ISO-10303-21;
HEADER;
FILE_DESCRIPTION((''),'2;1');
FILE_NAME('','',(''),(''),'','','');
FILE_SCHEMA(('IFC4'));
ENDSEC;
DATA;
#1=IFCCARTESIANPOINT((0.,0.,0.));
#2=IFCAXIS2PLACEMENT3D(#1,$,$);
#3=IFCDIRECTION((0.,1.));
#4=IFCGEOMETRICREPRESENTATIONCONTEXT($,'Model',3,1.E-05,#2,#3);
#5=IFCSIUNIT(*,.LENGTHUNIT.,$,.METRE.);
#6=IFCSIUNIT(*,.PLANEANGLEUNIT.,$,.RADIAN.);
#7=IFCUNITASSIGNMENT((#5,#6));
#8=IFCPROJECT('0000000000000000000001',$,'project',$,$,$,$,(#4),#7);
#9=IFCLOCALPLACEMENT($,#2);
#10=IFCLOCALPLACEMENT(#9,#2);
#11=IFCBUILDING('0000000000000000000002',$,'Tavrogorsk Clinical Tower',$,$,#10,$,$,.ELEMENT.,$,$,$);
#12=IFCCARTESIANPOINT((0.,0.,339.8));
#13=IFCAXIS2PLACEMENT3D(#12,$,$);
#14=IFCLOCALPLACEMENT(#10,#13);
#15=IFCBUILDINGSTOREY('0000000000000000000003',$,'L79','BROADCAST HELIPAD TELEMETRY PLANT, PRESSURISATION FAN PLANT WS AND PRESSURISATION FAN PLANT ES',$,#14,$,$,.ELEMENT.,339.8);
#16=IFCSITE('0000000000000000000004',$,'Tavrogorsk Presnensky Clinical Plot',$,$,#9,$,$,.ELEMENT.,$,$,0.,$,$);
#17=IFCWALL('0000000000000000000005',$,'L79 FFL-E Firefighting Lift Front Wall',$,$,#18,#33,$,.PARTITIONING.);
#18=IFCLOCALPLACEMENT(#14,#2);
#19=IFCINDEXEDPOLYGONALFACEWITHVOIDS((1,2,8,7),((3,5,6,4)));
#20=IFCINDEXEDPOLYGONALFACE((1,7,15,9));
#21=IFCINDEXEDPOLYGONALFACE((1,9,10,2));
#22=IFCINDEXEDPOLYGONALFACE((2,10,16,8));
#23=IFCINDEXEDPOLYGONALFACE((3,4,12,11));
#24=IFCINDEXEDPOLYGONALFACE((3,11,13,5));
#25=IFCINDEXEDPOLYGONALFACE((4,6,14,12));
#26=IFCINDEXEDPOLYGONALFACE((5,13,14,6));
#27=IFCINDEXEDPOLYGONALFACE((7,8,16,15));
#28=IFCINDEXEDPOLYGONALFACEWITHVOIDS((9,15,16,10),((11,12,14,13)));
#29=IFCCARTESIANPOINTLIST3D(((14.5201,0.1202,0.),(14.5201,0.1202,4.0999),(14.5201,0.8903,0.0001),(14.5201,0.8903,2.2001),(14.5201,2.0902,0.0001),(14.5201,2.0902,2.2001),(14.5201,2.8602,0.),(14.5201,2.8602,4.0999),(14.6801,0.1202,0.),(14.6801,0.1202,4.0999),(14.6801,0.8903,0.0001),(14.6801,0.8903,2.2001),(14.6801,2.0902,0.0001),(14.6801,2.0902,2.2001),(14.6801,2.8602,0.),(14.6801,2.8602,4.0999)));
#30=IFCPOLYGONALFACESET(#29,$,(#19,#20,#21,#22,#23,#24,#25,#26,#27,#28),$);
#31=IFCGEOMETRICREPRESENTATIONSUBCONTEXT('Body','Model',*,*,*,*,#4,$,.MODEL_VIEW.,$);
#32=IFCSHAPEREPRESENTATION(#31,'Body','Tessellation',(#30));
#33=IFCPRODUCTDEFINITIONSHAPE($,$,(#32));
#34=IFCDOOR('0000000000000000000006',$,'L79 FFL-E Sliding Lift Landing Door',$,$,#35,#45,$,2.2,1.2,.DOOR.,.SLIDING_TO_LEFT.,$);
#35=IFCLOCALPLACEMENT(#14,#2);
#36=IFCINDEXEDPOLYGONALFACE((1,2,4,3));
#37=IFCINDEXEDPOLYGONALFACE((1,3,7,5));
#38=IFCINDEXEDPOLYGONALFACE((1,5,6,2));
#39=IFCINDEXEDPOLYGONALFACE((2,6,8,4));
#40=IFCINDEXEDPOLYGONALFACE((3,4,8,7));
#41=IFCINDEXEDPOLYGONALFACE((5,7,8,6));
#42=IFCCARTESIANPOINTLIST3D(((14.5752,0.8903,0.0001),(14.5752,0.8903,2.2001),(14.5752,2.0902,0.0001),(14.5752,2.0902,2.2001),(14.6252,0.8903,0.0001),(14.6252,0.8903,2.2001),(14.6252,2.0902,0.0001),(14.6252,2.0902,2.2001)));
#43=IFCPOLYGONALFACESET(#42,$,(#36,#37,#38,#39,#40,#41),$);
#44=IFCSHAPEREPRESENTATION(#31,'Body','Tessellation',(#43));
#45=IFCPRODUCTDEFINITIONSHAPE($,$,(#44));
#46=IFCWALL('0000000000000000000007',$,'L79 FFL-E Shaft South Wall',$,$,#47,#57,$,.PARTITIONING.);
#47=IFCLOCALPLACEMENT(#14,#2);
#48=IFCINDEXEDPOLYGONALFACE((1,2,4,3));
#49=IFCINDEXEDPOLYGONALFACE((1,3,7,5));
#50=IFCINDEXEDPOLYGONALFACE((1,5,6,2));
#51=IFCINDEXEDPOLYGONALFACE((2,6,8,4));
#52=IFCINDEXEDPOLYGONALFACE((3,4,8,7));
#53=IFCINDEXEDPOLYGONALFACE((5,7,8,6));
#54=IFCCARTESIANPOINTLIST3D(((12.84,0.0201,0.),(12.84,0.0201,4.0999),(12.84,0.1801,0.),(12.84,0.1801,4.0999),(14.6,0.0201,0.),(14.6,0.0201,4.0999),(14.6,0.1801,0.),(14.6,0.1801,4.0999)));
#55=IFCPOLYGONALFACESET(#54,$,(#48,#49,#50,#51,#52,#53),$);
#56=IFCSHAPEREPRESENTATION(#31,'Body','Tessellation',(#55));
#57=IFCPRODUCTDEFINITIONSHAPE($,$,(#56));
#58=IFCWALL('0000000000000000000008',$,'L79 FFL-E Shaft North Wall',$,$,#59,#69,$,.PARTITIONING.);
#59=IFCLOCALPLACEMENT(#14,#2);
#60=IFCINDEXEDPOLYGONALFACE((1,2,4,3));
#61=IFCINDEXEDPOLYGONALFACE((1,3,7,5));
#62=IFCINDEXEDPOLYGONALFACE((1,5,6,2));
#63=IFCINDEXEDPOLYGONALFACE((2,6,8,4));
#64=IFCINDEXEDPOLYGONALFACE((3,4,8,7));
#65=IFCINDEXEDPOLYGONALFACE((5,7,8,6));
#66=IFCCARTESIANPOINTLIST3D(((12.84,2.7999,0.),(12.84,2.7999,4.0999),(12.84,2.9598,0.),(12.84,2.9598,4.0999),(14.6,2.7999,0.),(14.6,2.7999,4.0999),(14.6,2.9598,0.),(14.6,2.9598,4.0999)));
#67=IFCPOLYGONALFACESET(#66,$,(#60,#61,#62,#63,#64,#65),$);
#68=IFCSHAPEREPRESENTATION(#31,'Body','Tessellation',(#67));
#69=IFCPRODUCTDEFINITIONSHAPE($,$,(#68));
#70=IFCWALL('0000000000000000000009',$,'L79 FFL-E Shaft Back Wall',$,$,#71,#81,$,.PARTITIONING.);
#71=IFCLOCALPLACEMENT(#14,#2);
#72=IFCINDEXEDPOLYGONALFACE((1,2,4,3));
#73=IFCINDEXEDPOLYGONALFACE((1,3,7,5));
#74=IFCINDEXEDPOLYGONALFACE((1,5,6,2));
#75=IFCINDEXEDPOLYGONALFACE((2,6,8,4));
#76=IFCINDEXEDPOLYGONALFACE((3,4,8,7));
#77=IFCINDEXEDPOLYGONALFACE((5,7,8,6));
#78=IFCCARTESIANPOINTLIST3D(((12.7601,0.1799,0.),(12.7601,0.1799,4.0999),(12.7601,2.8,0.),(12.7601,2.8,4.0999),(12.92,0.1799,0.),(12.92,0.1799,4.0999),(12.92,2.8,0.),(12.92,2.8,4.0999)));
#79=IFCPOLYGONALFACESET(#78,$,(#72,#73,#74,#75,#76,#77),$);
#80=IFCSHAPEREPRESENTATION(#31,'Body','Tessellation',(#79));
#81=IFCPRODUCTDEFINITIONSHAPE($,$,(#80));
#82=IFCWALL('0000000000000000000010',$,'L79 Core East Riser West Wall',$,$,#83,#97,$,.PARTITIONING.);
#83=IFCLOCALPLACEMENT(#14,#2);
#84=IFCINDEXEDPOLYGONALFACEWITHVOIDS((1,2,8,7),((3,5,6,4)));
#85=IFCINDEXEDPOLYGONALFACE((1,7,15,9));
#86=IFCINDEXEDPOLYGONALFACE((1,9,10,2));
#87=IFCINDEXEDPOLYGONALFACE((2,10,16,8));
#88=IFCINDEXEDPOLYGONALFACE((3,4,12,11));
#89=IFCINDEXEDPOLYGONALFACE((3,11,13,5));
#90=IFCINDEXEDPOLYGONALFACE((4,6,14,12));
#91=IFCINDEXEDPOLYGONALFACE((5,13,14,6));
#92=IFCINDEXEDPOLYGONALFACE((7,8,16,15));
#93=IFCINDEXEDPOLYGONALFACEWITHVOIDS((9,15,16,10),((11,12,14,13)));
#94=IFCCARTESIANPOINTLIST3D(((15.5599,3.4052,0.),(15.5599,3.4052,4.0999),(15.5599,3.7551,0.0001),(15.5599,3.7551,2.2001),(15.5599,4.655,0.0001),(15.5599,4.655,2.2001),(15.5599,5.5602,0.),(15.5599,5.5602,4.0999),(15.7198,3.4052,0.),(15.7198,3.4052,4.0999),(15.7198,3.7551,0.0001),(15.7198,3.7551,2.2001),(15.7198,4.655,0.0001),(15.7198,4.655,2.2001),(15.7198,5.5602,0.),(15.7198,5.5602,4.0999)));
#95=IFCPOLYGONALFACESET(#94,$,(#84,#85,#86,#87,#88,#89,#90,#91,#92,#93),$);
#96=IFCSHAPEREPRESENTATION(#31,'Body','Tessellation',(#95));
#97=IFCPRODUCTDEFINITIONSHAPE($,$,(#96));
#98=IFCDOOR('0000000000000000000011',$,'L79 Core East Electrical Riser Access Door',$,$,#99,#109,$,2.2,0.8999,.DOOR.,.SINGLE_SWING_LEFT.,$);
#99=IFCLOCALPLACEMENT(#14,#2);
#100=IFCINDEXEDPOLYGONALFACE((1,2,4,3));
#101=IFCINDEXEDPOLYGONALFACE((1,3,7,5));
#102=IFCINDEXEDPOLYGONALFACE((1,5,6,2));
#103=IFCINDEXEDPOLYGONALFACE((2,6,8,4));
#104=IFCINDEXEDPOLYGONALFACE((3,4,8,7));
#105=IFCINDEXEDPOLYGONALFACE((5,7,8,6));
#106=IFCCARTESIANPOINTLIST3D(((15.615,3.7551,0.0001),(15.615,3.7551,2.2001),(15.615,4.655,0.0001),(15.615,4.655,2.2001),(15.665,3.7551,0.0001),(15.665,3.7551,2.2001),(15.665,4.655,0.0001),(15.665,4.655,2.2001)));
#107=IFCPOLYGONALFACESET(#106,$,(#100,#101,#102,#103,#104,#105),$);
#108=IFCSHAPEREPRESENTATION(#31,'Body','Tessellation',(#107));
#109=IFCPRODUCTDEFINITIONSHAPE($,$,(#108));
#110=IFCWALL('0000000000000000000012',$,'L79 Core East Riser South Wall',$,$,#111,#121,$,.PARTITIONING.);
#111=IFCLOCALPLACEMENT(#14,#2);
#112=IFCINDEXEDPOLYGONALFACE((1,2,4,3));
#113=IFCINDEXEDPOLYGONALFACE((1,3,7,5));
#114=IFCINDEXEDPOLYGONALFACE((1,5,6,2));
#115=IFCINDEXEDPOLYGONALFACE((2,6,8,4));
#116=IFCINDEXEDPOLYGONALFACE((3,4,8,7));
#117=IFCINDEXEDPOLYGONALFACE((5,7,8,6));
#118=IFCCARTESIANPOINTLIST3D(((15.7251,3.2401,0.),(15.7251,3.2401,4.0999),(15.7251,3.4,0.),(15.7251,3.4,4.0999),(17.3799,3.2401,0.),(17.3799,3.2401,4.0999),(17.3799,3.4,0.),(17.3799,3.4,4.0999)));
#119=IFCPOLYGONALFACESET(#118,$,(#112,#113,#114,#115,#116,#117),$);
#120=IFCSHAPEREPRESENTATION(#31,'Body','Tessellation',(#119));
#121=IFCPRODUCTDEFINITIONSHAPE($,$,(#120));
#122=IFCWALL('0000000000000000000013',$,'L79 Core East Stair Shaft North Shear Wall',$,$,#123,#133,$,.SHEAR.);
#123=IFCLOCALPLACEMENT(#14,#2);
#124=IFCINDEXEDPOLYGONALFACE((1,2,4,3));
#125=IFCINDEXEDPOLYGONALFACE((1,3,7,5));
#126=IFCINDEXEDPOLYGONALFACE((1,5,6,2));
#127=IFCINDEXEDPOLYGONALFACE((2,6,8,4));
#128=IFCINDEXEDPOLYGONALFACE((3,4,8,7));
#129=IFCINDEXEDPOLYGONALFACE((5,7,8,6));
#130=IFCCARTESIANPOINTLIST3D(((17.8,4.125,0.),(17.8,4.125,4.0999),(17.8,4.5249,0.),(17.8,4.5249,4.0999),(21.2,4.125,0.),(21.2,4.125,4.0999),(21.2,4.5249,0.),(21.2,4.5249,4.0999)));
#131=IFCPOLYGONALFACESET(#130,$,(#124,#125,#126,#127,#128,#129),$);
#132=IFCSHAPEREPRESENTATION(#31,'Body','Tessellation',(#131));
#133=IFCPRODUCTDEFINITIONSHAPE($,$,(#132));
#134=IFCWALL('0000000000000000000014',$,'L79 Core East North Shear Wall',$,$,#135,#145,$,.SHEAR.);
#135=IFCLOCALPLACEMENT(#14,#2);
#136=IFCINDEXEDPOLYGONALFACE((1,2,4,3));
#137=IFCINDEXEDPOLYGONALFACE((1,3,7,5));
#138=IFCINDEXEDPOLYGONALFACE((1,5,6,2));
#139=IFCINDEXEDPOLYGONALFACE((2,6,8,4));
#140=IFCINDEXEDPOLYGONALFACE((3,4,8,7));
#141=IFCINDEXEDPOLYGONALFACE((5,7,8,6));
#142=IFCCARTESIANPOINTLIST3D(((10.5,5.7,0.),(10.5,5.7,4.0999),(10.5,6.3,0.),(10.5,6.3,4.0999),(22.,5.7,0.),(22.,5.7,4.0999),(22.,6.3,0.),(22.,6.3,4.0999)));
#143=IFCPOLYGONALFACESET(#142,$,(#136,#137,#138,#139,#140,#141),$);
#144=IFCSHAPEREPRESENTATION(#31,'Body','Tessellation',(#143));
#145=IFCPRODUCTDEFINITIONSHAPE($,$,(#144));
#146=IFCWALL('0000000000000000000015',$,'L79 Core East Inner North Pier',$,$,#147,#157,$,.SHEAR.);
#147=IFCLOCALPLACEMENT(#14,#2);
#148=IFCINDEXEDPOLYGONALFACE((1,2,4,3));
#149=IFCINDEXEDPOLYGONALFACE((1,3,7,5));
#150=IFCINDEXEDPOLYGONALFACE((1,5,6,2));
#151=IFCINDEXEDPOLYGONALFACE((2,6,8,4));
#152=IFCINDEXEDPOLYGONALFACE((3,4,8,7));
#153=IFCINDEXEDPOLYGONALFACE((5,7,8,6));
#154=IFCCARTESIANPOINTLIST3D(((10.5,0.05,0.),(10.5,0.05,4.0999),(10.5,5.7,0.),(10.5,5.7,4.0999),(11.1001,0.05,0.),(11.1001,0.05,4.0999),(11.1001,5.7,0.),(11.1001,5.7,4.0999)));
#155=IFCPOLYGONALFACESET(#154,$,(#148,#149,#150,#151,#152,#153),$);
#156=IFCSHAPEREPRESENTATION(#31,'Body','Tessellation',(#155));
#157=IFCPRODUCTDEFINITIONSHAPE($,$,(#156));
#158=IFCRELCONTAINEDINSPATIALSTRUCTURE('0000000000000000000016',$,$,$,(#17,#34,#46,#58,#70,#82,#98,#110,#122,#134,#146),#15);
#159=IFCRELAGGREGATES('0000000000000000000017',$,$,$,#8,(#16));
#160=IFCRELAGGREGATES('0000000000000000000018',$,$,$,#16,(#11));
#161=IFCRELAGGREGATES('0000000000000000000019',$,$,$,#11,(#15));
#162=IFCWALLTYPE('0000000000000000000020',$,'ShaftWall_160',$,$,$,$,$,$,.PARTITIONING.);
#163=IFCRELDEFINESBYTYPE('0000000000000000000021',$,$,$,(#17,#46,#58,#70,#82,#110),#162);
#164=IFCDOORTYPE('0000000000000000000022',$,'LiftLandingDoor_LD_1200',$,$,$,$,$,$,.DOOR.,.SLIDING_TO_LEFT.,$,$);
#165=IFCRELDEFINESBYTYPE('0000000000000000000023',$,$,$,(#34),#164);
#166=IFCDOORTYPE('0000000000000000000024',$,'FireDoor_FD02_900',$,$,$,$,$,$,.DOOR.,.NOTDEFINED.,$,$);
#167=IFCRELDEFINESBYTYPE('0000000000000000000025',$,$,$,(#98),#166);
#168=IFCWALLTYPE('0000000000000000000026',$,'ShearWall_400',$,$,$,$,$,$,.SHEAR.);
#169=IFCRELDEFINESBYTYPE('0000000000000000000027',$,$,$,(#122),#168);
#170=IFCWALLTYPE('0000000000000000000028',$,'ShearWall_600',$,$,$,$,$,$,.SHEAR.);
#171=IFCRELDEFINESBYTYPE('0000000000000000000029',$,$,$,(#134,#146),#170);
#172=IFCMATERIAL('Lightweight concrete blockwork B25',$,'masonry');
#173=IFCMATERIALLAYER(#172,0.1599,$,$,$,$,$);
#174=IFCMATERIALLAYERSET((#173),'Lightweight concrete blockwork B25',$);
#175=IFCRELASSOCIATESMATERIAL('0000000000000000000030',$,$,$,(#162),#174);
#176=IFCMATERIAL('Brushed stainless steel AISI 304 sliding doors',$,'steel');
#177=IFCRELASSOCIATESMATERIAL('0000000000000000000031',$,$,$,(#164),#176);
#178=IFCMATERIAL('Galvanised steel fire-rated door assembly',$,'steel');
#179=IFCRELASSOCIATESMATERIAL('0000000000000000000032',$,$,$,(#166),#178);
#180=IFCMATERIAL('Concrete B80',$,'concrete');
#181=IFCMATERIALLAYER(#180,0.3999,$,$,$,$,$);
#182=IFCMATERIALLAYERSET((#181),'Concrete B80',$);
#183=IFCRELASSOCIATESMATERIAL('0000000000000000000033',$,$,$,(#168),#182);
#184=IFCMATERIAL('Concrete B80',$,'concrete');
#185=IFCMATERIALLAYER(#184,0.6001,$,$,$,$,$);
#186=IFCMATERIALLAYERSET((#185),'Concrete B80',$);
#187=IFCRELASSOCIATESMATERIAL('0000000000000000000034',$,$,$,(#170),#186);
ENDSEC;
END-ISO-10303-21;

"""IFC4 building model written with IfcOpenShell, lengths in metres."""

from ifc_helpers import new_model, si_unit, direction, frame, frame_2d, origin, place, context, subcontext, project, spatial, rectangle, extrude, material, layer, layer_set, type_object, element, fill, save


model = new_model("IFC4")

# Units and contexts
model_context = context("Model", 3, precision=1e-05, world=origin(), true_north=direction((0.0, 1.0)))
body_context = subcontext(model_context, "Body", "Model", "MODEL_VIEW")
ifc_project = project(units=[si_unit("LENGTHUNIT", "METRE"), si_unit("PLANEANGLEUNIT", "RADIAN")], contexts=[model_context])

# Site, building, storey
site_placement = place(None, origin())
site = spatial("IfcSite", under=ifc_project, at=site_placement, Name="Tavrogorsk Presnensky Clinical Plot", CompositionType="ELEMENT", RefElevation=0.0)
building_placement = place(site_placement, origin())
building = spatial("IfcBuilding", under=site, at=building_placement, Name="Tavrogorsk Clinical Tower", CompositionType="ELEMENT")
storey_placement = place(building_placement, frame((0.0, 0.0, 339.8)))
storey = spatial("IfcBuildingStorey", under=building, at=storey_placement, Name="L79", Description="BROADCAST HELIPAD TELEMETRY PLANT, PRESSURISATION FAN PLANT WS AND PRESSURISATION FAN PLANT ES", CompositionType="ELEMENT", Elevation=339.8)

# Wall, opening, door
ifc_material_1 = material(Name="Lightweight concrete blockwork B25", Category="masonry")
ifc_layer_1 = layer(ifc_material_1, 0.1599)
ifc_layer_set_1 = layer_set([ifc_layer_1], Name="Lightweight concrete blockwork B25")
wall_type_1 = type_object("IfcWallType", Name="ShaftWall_160", PredefinedType="PARTITIONING", material=ifc_layer_set_1)
wall_1_placement = place(storey_placement, frame((14.6001, 0.1201, 0.0), z_axis=(0.0, 0.0, 1.0), x_axis=(0.0, 1.0, 0.0)))
wall_1 = element("IfcWall", 1, at=wall_1_placement, inside=storey, type_object=wall_type_1, Name="L79 FFL-E Firefighting Lift Front Wall", PredefinedType="PARTITIONING", context=body_context, shape_type="SweptSolid", body=[
    extrude(rectangle(XDim=2.74, YDim=0.1599, at=frame_2d((1.3701, 0.0))), origin(), (0.0, 0.0, 1.0), 4.0999),
])
opening_1_placement = place(wall_1_placement, frame((0.77, 0.0, 0.0)))
opening_1 = element("IfcOpeningElement", 2, at=opening_1_placement, cuts=wall_1, PredefinedType="OPENING", context=body_context, shape_type="SweptSolid", body=[
    extrude(rectangle(XDim=1.2, YDim=2.2, at=frame_2d((0.6001, 1.1001))), frame((0.0, 0.0898, 0.0), z_axis=(0.0, -1.0, 0.0), x_axis=(1.0, 0.0, 0.0)), (0.0, 0.0, 1.0), 0.1799),
])
ifc_material_2 = material(Name="Brushed stainless steel AISI 304 sliding doors", Category="steel")
door_type_1 = type_object("IfcDoorType", Name="LiftLandingDoor_LD_1200", OperationType="SLIDING_TO_LEFT", PredefinedType="DOOR", material=ifc_material_2)
door_1_placement = place(opening_1_placement, origin())
door_1 = element("IfcDoor", 3, at=door_1_placement, inside=storey, type_object=door_type_1, Name="L79 FFL-E Sliding Lift Landing Door", OperationType="SLIDING_TO_LEFT", OverallHeight=2.2, OverallWidth=1.2, PredefinedType="DOOR", context=body_context, shape_type="SweptSolid", body=[
    extrude(rectangle(XDim=1.2, YDim=2.2, at=frame_2d((0.6001, 1.1001))), frame((0.0, 0.0249, 0.0), z_axis=(0.0, -1.0, 0.0), x_axis=(1.0, 0.0, 0.0)), (0.0, 0.0, 1.0), 0.05),
])
fill(opening_1, door_1)

# Walls
for number, where, z_axis, x_axis, name in (
    (4, (12.8401, 0.1001, 0.0), (0.0, 0.0, 1.0), (1.0, 0.0, 0.0), "L79 FFL-E Shaft South Wall"),
    (5, (12.8401, 2.8799, 0.0), (0.0, 0.0, 1.0), (1.0, 0.0, 0.0), "L79 FFL-E Shaft North Wall"),
):
    element("IfcWall", number, at=place(storey_placement, frame(where, z_axis=z_axis, x_axis=x_axis)), inside=storey, type_object=wall_type_1, Name=name, PredefinedType="PARTITIONING", context=body_context, shape_type="SweptSolid", body=[
        extrude(rectangle(XDim=1.76, YDim=0.1599, at=frame_2d((0.8799, 0.0))), origin(), (0.0, 0.0, 1.0), 4.0999),
    ])
wall_2_placement = place(storey_placement, frame((12.8401, 0.1799, 0.0), z_axis=(0.0, 0.0, 1.0), x_axis=(0.0, 1.0, 0.0)))
element("IfcWall", 6, at=wall_2_placement, inside=storey, type_object=wall_type_1, Name="L79 FFL-E Shaft Back Wall", PredefinedType="PARTITIONING", context=body_context, shape_type="SweptSolid", body=[
    extrude(rectangle(XDim=2.6201, YDim=0.1599, at=frame_2d((1.3101, 0.0))), origin(), (0.0, 0.0, 1.0), 4.0999),
])

# Wall, opening, door
wall_3_placement = place(storey_placement, frame((15.6399, 3.405, 0.0), z_axis=(0.0, 0.0, 1.0), x_axis=(0.0, 1.0, 0.0)))
wall_3 = element("IfcWall", 7, at=wall_3_placement, inside=storey, type_object=wall_type_1, Name="L79 Core East Riser West Wall", PredefinedType="PARTITIONING", context=body_context, shape_type="SweptSolid", body=[
    extrude(rectangle(XDim=2.155, YDim=0.1599, at=frame_2d((1.0776, 0.0))), origin(), (0.0, 0.0, 1.0), 4.0999),
])
opening_2_placement = place(wall_3_placement, frame((0.3501, 0.0, 0.0)))
opening_2 = element("IfcOpeningElement", 8, at=opening_2_placement, cuts=wall_3, PredefinedType="OPENING", context=body_context, shape_type="SweptSolid", body=[
    extrude(rectangle(XDim=0.8999, YDim=2.2, at=frame_2d((0.45, 1.1001))), frame((0.0, 0.0898, 0.0), z_axis=(0.0, -1.0, 0.0), x_axis=(1.0, 0.0, 0.0)), (0.0, 0.0, 1.0), 0.1799),
])
ifc_material_3 = material(Name="Galvanised steel fire-rated door assembly", Category="steel")
door_type_2 = type_object("IfcDoorType", Name="FireDoor_FD02_900", OperationType="NOTDEFINED", PredefinedType="DOOR", material=ifc_material_3)
door_2_placement = place(opening_2_placement, origin())
door_2 = element("IfcDoor", 9, at=door_2_placement, inside=storey, type_object=door_type_2, Name="L79 Core East Electrical Riser Access Door", OperationType="SINGLE_SWING_LEFT", OverallHeight=2.2, OverallWidth=0.8999, PredefinedType="DOOR", context=body_context, shape_type="SweptSolid", body=[
    extrude(rectangle(XDim=0.8999, YDim=2.2, at=frame_2d((0.45, 1.1001))), frame((0.0, 0.0249, 0.0), z_axis=(0.0, -1.0, 0.0), x_axis=(1.0, 0.0, 0.0)), (0.0, 0.0, 1.0), 0.05),
])
fill(opening_2, door_2)

# Walls
wall_4_placement = place(storey_placement, frame((15.7251, 3.3201, 0.0), z_axis=(0.0, 0.0, 1.0), x_axis=(1.0, 0.0, 0.0)))
element("IfcWall", 10, at=wall_4_placement, inside=storey, type_object=wall_type_1, Name="L79 Core East Riser South Wall", PredefinedType="PARTITIONING", context=body_context, shape_type="SweptSolid", body=[
    extrude(rectangle(XDim=1.6548, YDim=0.1599, at=frame_2d((0.8274, 0.0))), origin(), (0.0, 0.0, 1.0), 4.0999),
])
ifc_material_4 = material(Name="Concrete B80", Category="concrete")
ifc_layer_2 = layer(ifc_material_4, 0.3999)
ifc_layer_set_2 = layer_set([ifc_layer_2], Name="Concrete B80")
wall_type_2 = type_object("IfcWallType", Name="ShearWall_400", PredefinedType="SHEAR", material=ifc_layer_set_2)
wall_5_placement = place(storey_placement, frame((17.8, 4.325, 0.0), z_axis=(0.0, 0.0, 1.0), x_axis=(1.0, 0.0, 0.0)))
element("IfcWall", 11, at=wall_5_placement, inside=storey, type_object=wall_type_2, Name="L79 Core East Stair Shaft North Shear Wall", PredefinedType="SHEAR", context=body_context, shape_type="SweptSolid", body=[
    extrude(rectangle(XDim=3.3999, YDim=0.3999, at=frame_2d((1.7, 0.0))), origin(), (0.0, 0.0, 1.0), 4.0999),
])
ifc_material_5 = material(Name="Concrete B80", Category="concrete")
ifc_layer_3 = layer(ifc_material_5, 0.6001)
ifc_layer_set_3 = layer_set([ifc_layer_3], Name="Concrete B80")
wall_type_3 = type_object("IfcWallType", Name="ShearWall_600", PredefinedType="SHEAR", material=ifc_layer_set_3)
wall_6_placement = place(storey_placement, frame((10.5, 6.0, 0.0), z_axis=(0.0, 0.0, 1.0), x_axis=(1.0, 0.0, 0.0)))
element("IfcWall", 12, at=wall_6_placement, inside=storey, type_object=wall_type_3, Name="L79 Core East North Shear Wall", PredefinedType="SHEAR", context=body_context, shape_type="SweptSolid", body=[
    extrude(rectangle(XDim=11.5, YDim=0.6001, at=frame_2d((5.75, 0.0))), origin(), (0.0, 0.0, 1.0), 4.0999),
])
wall_7_placement = place(storey_placement, frame((10.8, 0.05, 0.0), z_axis=(0.0, 0.0, 1.0), x_axis=(0.0, 1.0, 0.0)))
element("IfcWall", 13, at=wall_7_placement, inside=storey, type_object=wall_type_3, Name="L79 Core East Inner North Pier", PredefinedType="SHEAR", context=body_context, shape_type="SweptSolid", body=[
    extrude(rectangle(XDim=5.6499, YDim=0.6001, at=frame_2d((2.825, 0.0))), origin(), (0.0, 0.0, 1.0), 4.0999),
])

save(model, "model.ifc")
